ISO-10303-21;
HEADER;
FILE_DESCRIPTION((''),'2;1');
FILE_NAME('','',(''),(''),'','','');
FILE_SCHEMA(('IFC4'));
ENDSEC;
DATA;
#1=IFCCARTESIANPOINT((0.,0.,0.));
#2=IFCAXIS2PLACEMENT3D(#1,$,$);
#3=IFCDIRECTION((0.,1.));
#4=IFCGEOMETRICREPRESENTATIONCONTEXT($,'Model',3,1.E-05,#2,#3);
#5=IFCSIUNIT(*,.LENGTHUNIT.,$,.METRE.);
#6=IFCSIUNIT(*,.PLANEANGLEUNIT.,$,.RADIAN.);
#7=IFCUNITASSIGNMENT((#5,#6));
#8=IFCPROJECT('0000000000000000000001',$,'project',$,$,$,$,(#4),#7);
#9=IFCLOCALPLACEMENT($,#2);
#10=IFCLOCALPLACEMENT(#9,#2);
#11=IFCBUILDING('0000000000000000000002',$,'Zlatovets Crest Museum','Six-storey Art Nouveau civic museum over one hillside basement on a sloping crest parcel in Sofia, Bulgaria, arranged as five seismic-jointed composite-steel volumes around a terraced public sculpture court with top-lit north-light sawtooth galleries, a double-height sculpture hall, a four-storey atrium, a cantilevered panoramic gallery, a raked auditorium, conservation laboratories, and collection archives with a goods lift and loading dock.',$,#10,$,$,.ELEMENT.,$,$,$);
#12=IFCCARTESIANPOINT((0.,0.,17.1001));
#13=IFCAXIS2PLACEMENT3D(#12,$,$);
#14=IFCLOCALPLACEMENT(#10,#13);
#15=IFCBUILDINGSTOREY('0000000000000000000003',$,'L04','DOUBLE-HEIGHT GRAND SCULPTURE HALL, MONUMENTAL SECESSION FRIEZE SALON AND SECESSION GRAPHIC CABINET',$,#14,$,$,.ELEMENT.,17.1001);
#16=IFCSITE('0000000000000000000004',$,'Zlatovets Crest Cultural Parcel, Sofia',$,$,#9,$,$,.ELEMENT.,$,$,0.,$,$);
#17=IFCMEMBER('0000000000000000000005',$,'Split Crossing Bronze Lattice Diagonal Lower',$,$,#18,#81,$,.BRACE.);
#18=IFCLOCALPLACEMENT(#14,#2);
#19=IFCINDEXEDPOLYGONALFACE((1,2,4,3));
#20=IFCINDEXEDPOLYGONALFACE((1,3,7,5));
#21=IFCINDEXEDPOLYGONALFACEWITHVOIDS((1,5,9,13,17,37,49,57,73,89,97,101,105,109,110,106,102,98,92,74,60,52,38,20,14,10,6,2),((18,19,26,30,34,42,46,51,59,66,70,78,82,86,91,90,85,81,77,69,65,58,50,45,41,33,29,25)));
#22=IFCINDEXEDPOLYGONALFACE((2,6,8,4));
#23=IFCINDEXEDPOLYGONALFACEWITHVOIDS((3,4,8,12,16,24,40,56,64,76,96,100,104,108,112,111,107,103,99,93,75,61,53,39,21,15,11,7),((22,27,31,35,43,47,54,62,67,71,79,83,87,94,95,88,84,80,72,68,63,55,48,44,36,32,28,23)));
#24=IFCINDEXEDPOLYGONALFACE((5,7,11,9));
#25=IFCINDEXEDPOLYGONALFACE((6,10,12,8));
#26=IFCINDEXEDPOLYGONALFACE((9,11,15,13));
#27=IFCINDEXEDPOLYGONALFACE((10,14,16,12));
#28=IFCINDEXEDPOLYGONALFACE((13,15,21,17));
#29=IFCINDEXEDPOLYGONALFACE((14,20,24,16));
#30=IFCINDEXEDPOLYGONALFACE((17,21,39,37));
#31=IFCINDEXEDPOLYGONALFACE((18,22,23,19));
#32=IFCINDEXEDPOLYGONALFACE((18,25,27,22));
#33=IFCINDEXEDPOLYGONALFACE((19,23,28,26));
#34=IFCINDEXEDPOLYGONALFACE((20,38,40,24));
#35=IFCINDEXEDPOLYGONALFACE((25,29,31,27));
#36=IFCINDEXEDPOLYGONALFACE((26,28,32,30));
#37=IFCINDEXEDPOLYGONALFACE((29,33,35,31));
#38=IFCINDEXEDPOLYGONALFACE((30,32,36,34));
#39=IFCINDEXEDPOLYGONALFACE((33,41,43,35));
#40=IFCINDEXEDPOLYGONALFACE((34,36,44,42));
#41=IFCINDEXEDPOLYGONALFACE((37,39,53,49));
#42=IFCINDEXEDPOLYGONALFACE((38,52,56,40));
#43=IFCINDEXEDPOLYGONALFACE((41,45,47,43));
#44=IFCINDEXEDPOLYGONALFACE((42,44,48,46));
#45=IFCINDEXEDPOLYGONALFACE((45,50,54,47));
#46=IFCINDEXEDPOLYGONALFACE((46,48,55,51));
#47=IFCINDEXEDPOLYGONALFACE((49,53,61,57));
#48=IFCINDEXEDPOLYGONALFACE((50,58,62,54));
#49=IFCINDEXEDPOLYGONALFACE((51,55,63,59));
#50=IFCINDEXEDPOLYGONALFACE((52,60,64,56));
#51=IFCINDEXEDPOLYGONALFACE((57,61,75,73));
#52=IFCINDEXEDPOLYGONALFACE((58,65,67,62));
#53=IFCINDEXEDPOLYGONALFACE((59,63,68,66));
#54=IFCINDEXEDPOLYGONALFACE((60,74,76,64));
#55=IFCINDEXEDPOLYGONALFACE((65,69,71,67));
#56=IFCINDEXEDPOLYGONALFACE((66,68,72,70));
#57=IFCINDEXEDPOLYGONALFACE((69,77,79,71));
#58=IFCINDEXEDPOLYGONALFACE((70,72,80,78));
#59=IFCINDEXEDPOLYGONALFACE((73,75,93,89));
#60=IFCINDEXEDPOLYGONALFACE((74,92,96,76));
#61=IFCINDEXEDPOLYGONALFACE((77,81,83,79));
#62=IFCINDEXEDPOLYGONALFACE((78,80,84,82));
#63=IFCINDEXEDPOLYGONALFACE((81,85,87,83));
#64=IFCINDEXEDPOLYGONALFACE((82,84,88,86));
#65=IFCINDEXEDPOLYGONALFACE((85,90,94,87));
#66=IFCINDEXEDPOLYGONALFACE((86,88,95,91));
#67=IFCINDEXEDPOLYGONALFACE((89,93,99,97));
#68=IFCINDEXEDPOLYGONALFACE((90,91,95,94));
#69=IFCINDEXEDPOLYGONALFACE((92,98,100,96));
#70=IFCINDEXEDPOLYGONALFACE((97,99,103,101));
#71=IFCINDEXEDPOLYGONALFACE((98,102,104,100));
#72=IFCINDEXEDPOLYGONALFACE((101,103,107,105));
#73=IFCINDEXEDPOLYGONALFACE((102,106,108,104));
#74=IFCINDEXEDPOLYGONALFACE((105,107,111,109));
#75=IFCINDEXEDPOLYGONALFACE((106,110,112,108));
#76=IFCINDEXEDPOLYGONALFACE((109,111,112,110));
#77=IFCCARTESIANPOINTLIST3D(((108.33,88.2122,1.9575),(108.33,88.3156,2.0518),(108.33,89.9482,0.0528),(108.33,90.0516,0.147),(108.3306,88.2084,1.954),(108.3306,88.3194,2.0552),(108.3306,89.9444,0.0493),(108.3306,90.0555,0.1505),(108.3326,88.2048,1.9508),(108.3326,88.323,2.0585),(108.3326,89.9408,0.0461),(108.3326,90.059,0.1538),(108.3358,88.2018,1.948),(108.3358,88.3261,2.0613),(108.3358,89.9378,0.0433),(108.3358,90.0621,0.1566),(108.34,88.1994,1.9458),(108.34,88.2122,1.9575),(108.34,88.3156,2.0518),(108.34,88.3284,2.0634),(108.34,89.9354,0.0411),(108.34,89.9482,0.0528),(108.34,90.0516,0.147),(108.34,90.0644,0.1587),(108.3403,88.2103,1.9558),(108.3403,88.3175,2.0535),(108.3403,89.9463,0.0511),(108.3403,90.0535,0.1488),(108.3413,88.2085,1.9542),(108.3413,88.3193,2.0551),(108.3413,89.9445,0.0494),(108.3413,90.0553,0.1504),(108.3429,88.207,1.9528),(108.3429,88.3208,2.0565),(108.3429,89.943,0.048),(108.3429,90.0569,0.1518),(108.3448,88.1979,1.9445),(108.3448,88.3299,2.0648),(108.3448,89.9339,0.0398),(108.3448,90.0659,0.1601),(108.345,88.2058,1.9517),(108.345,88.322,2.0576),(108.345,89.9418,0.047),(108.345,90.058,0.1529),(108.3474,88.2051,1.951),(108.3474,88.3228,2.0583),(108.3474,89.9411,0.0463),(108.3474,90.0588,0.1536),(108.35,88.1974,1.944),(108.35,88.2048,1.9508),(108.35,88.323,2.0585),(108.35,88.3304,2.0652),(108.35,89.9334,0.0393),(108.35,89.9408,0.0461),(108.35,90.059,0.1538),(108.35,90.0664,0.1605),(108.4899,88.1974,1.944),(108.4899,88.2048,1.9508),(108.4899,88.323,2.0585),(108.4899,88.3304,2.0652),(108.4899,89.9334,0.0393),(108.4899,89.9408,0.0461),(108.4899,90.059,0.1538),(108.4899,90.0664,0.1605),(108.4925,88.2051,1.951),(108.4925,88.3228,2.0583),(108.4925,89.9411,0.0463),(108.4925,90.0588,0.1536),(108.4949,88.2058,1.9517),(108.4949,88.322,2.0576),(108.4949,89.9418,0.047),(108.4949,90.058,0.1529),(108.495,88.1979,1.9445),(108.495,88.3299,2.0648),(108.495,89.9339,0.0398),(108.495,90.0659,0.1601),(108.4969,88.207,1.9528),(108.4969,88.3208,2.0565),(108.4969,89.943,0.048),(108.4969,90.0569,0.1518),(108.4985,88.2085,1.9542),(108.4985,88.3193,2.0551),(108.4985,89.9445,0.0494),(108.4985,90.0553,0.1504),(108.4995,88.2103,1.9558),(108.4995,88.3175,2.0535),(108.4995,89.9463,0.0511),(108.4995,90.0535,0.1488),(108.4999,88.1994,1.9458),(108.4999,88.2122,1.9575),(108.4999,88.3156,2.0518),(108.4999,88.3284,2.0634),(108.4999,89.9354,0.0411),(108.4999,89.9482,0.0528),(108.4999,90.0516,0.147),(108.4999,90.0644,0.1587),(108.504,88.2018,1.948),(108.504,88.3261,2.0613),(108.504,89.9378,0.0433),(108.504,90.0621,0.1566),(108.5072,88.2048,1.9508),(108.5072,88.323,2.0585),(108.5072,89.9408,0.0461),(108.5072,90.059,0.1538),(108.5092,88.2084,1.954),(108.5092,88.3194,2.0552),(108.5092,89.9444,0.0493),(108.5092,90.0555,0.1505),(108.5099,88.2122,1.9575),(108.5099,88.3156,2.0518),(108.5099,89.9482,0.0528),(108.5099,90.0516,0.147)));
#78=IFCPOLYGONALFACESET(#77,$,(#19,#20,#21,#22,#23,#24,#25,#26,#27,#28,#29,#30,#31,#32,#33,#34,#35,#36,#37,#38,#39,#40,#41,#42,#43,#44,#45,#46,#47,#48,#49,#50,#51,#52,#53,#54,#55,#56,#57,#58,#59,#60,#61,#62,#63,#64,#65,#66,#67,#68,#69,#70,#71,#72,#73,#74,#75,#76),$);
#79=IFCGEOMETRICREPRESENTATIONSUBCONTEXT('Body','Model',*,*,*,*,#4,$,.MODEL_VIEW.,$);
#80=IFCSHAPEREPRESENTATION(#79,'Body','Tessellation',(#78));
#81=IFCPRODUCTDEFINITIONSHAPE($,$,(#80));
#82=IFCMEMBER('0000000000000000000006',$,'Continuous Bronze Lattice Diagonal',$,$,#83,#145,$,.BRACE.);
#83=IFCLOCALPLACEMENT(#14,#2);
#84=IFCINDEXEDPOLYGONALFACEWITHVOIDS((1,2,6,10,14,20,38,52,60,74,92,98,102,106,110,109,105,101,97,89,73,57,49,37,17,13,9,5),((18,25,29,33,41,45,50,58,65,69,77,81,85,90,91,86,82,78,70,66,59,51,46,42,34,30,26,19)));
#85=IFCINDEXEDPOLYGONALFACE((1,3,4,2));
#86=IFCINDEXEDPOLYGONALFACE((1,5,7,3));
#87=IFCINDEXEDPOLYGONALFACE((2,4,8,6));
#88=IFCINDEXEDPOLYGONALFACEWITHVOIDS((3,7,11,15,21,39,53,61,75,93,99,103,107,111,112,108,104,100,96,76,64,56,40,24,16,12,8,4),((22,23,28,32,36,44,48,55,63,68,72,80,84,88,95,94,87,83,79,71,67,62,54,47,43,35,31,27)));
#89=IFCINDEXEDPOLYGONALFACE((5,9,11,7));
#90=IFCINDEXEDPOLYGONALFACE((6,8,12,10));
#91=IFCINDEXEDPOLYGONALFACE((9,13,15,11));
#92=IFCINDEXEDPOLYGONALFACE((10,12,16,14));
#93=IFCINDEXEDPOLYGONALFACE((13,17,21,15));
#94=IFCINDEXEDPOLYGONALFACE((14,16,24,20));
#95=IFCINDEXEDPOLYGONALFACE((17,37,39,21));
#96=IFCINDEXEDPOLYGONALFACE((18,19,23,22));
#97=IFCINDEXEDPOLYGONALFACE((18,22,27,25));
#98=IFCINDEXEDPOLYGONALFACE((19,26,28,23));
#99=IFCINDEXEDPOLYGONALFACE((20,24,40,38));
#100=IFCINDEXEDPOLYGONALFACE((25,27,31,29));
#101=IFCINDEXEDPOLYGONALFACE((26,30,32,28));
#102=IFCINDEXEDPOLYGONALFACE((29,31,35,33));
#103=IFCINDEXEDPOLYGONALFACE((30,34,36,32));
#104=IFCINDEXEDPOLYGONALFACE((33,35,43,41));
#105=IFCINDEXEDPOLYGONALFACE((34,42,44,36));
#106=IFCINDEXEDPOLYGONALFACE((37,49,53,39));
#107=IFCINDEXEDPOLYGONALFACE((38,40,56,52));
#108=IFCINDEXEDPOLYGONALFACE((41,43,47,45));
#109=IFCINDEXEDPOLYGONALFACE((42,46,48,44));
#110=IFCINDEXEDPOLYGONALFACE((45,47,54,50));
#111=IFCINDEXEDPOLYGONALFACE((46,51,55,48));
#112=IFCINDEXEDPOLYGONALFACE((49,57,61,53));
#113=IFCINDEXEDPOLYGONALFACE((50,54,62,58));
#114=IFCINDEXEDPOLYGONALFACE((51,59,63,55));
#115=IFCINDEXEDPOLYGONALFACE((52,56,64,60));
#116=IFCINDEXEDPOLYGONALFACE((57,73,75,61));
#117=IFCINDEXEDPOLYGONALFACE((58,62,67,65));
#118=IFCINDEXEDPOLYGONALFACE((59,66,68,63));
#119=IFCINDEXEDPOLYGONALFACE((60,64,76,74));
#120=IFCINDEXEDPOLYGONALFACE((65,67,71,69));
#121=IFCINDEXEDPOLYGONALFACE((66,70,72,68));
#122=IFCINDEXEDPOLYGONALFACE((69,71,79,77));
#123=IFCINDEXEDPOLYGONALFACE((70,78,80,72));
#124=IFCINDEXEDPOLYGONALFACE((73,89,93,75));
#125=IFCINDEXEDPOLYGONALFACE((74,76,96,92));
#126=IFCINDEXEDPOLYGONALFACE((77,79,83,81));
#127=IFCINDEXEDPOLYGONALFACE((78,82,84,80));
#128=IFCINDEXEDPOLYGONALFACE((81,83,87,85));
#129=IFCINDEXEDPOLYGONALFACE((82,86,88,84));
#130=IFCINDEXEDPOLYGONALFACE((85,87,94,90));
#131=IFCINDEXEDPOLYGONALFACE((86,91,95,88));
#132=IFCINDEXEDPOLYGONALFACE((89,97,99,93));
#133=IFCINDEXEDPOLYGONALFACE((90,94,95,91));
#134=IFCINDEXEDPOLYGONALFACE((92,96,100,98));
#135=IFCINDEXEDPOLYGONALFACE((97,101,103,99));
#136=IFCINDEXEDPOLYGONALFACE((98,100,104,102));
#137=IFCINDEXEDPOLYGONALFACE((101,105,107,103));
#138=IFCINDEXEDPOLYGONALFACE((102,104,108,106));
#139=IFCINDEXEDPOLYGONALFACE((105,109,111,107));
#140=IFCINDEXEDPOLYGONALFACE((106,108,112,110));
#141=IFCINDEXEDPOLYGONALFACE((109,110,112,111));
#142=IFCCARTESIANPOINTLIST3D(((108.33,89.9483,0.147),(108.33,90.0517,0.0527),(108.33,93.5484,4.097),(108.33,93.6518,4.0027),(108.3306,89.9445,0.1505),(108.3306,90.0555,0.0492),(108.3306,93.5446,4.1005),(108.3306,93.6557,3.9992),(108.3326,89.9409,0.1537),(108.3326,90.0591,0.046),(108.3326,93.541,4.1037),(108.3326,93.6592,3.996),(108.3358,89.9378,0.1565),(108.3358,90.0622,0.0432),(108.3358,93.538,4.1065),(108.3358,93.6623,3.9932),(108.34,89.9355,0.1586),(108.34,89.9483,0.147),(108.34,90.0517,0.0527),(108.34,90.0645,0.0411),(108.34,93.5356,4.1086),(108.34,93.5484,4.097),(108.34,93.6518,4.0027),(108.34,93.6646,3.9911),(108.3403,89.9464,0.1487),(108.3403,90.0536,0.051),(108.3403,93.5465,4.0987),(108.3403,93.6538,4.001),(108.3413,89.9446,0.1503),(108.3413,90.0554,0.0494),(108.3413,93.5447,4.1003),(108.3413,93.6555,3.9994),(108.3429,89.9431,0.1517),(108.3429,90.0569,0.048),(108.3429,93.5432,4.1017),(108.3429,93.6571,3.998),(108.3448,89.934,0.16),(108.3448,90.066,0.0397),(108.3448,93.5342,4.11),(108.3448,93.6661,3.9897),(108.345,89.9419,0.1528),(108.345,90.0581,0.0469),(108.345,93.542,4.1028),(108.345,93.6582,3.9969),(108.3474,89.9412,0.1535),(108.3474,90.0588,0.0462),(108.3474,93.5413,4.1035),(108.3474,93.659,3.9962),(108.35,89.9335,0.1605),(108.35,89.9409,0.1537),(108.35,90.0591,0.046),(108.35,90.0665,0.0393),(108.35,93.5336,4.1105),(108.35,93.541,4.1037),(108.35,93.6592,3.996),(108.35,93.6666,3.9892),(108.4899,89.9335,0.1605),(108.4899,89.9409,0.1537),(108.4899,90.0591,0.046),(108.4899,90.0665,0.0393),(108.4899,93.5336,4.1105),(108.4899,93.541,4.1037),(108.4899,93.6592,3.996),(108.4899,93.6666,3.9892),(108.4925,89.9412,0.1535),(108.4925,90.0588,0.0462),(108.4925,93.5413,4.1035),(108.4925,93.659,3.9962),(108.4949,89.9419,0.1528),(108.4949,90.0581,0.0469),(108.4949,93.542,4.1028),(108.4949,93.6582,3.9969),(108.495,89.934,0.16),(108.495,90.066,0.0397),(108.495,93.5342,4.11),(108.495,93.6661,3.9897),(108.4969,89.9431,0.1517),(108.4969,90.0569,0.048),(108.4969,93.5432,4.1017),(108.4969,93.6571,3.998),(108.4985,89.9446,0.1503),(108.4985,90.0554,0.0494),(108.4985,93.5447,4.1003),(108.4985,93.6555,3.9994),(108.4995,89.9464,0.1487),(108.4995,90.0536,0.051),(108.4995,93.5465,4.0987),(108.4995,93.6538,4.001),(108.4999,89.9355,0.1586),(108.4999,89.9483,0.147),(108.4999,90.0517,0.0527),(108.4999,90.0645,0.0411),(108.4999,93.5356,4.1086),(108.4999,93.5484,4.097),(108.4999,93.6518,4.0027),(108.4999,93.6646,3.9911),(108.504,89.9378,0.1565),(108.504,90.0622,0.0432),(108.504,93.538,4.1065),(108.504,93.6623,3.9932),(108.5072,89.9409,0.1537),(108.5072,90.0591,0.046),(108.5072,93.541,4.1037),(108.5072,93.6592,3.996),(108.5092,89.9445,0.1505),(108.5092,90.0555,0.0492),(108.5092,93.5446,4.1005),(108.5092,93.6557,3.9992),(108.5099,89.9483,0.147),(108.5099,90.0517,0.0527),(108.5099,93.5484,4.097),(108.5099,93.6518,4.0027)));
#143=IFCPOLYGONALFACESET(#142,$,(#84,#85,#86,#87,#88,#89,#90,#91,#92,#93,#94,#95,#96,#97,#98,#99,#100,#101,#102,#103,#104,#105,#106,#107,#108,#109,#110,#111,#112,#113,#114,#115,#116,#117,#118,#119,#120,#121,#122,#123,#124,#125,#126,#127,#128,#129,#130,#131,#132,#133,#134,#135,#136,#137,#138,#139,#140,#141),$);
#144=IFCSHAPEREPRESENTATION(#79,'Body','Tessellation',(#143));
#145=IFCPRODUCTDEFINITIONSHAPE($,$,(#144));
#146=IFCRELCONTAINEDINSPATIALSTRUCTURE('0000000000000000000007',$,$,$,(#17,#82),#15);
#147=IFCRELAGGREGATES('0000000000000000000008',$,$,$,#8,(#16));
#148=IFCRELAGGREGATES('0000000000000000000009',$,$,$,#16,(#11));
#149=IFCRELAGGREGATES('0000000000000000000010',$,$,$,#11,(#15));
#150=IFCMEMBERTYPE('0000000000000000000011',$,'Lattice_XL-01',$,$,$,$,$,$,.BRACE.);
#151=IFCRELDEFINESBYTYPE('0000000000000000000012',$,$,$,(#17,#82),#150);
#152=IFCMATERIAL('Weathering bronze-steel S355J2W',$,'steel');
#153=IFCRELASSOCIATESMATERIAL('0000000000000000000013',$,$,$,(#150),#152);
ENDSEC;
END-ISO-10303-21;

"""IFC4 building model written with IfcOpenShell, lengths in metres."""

from ifc_helpers import new_model, si_unit, direction, frame, origin, origin_2d, place, context, subcontext, project, spatial, hollow_rectangle, extrude, material, material_profile, profile_set, type_object, element, save


model = new_model("IFC4")

# Units and contexts
model_context = context("Model", 3, precision=1e-05, world=origin(), true_north=direction((0.0, 1.0)))
body_context = subcontext(model_context, "Body", "Model", "MODEL_VIEW")
ifc_project = project(units=[si_unit("LENGTHUNIT", "METRE"), si_unit("PLANEANGLEUNIT", "RADIAN")], contexts=[model_context])

# Site, building, storey
site_placement = place(None, origin())
site = spatial("IfcSite", under=ifc_project, at=site_placement, Name="Zlatovets Crest Cultural Parcel, Sofia", CompositionType="ELEMENT", RefElevation=0.0)
building_placement = place(site_placement, origin())
building = spatial("IfcBuilding", under=site, at=building_placement, Name="Zlatovets Crest Museum", Description="Six-storey Art Nouveau civic museum over one hillside basement on a sloping crest parcel in Sofia, Bulgaria, arranged as five seismic-jointed composite-steel volumes around a terraced public sculpture court with top-lit north-light sawtooth galleries, a double-height sculpture hall, a four-storey atrium, a cantilevered panoramic gallery, a raked auditorium, conservation laboratories, and collection archives with a goods lift and loading dock.", CompositionType="ELEMENT")
storey_placement = place(building_placement, frame((0.0, 0.0, 17.1001)))
storey = spatial("IfcBuildingStorey", under=building, at=storey_placement, Name="L04", Description="DOUBLE-HEIGHT GRAND SCULPTURE HALL, MONUMENTAL SECESSION FRIEZE SALON AND SECESSION GRAPHIC CABINET", CompositionType="ELEMENT", Elevation=17.1001)

# Members
ifc_material_1 = material(Name="Weathering bronze-steel S355J2W", Category="steel")
ifc_material_profile_1 = material_profile(ifc_material_1, hollow_rectangle(XDim=0.1799, YDim=0.1799, WallThickness=0.01, InnerFilletRadius=0.01, OuterFilletRadius=0.02, at=origin_2d()), Name="SHS 180x180x10.0")
ifc_profile_set_1 = profile_set([ifc_material_profile_1], Name="Weathering bronze-steel S355J2W")
member_type_1 = type_object("IfcMemberType", Name="Lattice_XL-01", PredefinedType="BRACE", material=ifc_profile_set_1)
member_1_placement = place(storey_placement, frame((108.4199, 88.2639, 2.0046), z_axis=(0.0, 0.67362, -0.739078), x_axis=(-1.0, 0.0, 0.0)))
element("IfcMember", 1, at=member_1_placement, inside=storey, type_object=member_type_1, Name="Split Crossing Bronze Lattice Diagonal Lower", PredefinedType="BRACE", context=body_context, shape_type="SweptSolid", body=[
    extrude(hollow_rectangle(XDim=0.1799, YDim=0.1799, WallThickness=0.01, InnerFilletRadius=0.01, OuterFilletRadius=0.02, at=origin_2d()), origin(), (0.0, 0.0, 1.0), 2.5771),
])
member_2_placement = place(storey_placement, frame((108.4199, 90.0, 0.0999), z_axis=(0.0, 0.673618, 0.73908), x_axis=(-1.0, 0.0, 0.0)))
element("IfcMember", 2, at=member_2_placement, inside=storey, type_object=member_type_1, Name="Continuous Bronze Lattice Diagonal", PredefinedType="BRACE", context=body_context, shape_type="SweptSolid", body=[
    extrude(hollow_rectangle(XDim=0.1799, YDim=0.1799, WallThickness=0.01, InnerFilletRadius=0.01, OuterFilletRadius=0.02, at=origin_2d()), origin(), (0.0, 0.0, 1.0), 5.3445),
])

save(model, "model.ifc")
